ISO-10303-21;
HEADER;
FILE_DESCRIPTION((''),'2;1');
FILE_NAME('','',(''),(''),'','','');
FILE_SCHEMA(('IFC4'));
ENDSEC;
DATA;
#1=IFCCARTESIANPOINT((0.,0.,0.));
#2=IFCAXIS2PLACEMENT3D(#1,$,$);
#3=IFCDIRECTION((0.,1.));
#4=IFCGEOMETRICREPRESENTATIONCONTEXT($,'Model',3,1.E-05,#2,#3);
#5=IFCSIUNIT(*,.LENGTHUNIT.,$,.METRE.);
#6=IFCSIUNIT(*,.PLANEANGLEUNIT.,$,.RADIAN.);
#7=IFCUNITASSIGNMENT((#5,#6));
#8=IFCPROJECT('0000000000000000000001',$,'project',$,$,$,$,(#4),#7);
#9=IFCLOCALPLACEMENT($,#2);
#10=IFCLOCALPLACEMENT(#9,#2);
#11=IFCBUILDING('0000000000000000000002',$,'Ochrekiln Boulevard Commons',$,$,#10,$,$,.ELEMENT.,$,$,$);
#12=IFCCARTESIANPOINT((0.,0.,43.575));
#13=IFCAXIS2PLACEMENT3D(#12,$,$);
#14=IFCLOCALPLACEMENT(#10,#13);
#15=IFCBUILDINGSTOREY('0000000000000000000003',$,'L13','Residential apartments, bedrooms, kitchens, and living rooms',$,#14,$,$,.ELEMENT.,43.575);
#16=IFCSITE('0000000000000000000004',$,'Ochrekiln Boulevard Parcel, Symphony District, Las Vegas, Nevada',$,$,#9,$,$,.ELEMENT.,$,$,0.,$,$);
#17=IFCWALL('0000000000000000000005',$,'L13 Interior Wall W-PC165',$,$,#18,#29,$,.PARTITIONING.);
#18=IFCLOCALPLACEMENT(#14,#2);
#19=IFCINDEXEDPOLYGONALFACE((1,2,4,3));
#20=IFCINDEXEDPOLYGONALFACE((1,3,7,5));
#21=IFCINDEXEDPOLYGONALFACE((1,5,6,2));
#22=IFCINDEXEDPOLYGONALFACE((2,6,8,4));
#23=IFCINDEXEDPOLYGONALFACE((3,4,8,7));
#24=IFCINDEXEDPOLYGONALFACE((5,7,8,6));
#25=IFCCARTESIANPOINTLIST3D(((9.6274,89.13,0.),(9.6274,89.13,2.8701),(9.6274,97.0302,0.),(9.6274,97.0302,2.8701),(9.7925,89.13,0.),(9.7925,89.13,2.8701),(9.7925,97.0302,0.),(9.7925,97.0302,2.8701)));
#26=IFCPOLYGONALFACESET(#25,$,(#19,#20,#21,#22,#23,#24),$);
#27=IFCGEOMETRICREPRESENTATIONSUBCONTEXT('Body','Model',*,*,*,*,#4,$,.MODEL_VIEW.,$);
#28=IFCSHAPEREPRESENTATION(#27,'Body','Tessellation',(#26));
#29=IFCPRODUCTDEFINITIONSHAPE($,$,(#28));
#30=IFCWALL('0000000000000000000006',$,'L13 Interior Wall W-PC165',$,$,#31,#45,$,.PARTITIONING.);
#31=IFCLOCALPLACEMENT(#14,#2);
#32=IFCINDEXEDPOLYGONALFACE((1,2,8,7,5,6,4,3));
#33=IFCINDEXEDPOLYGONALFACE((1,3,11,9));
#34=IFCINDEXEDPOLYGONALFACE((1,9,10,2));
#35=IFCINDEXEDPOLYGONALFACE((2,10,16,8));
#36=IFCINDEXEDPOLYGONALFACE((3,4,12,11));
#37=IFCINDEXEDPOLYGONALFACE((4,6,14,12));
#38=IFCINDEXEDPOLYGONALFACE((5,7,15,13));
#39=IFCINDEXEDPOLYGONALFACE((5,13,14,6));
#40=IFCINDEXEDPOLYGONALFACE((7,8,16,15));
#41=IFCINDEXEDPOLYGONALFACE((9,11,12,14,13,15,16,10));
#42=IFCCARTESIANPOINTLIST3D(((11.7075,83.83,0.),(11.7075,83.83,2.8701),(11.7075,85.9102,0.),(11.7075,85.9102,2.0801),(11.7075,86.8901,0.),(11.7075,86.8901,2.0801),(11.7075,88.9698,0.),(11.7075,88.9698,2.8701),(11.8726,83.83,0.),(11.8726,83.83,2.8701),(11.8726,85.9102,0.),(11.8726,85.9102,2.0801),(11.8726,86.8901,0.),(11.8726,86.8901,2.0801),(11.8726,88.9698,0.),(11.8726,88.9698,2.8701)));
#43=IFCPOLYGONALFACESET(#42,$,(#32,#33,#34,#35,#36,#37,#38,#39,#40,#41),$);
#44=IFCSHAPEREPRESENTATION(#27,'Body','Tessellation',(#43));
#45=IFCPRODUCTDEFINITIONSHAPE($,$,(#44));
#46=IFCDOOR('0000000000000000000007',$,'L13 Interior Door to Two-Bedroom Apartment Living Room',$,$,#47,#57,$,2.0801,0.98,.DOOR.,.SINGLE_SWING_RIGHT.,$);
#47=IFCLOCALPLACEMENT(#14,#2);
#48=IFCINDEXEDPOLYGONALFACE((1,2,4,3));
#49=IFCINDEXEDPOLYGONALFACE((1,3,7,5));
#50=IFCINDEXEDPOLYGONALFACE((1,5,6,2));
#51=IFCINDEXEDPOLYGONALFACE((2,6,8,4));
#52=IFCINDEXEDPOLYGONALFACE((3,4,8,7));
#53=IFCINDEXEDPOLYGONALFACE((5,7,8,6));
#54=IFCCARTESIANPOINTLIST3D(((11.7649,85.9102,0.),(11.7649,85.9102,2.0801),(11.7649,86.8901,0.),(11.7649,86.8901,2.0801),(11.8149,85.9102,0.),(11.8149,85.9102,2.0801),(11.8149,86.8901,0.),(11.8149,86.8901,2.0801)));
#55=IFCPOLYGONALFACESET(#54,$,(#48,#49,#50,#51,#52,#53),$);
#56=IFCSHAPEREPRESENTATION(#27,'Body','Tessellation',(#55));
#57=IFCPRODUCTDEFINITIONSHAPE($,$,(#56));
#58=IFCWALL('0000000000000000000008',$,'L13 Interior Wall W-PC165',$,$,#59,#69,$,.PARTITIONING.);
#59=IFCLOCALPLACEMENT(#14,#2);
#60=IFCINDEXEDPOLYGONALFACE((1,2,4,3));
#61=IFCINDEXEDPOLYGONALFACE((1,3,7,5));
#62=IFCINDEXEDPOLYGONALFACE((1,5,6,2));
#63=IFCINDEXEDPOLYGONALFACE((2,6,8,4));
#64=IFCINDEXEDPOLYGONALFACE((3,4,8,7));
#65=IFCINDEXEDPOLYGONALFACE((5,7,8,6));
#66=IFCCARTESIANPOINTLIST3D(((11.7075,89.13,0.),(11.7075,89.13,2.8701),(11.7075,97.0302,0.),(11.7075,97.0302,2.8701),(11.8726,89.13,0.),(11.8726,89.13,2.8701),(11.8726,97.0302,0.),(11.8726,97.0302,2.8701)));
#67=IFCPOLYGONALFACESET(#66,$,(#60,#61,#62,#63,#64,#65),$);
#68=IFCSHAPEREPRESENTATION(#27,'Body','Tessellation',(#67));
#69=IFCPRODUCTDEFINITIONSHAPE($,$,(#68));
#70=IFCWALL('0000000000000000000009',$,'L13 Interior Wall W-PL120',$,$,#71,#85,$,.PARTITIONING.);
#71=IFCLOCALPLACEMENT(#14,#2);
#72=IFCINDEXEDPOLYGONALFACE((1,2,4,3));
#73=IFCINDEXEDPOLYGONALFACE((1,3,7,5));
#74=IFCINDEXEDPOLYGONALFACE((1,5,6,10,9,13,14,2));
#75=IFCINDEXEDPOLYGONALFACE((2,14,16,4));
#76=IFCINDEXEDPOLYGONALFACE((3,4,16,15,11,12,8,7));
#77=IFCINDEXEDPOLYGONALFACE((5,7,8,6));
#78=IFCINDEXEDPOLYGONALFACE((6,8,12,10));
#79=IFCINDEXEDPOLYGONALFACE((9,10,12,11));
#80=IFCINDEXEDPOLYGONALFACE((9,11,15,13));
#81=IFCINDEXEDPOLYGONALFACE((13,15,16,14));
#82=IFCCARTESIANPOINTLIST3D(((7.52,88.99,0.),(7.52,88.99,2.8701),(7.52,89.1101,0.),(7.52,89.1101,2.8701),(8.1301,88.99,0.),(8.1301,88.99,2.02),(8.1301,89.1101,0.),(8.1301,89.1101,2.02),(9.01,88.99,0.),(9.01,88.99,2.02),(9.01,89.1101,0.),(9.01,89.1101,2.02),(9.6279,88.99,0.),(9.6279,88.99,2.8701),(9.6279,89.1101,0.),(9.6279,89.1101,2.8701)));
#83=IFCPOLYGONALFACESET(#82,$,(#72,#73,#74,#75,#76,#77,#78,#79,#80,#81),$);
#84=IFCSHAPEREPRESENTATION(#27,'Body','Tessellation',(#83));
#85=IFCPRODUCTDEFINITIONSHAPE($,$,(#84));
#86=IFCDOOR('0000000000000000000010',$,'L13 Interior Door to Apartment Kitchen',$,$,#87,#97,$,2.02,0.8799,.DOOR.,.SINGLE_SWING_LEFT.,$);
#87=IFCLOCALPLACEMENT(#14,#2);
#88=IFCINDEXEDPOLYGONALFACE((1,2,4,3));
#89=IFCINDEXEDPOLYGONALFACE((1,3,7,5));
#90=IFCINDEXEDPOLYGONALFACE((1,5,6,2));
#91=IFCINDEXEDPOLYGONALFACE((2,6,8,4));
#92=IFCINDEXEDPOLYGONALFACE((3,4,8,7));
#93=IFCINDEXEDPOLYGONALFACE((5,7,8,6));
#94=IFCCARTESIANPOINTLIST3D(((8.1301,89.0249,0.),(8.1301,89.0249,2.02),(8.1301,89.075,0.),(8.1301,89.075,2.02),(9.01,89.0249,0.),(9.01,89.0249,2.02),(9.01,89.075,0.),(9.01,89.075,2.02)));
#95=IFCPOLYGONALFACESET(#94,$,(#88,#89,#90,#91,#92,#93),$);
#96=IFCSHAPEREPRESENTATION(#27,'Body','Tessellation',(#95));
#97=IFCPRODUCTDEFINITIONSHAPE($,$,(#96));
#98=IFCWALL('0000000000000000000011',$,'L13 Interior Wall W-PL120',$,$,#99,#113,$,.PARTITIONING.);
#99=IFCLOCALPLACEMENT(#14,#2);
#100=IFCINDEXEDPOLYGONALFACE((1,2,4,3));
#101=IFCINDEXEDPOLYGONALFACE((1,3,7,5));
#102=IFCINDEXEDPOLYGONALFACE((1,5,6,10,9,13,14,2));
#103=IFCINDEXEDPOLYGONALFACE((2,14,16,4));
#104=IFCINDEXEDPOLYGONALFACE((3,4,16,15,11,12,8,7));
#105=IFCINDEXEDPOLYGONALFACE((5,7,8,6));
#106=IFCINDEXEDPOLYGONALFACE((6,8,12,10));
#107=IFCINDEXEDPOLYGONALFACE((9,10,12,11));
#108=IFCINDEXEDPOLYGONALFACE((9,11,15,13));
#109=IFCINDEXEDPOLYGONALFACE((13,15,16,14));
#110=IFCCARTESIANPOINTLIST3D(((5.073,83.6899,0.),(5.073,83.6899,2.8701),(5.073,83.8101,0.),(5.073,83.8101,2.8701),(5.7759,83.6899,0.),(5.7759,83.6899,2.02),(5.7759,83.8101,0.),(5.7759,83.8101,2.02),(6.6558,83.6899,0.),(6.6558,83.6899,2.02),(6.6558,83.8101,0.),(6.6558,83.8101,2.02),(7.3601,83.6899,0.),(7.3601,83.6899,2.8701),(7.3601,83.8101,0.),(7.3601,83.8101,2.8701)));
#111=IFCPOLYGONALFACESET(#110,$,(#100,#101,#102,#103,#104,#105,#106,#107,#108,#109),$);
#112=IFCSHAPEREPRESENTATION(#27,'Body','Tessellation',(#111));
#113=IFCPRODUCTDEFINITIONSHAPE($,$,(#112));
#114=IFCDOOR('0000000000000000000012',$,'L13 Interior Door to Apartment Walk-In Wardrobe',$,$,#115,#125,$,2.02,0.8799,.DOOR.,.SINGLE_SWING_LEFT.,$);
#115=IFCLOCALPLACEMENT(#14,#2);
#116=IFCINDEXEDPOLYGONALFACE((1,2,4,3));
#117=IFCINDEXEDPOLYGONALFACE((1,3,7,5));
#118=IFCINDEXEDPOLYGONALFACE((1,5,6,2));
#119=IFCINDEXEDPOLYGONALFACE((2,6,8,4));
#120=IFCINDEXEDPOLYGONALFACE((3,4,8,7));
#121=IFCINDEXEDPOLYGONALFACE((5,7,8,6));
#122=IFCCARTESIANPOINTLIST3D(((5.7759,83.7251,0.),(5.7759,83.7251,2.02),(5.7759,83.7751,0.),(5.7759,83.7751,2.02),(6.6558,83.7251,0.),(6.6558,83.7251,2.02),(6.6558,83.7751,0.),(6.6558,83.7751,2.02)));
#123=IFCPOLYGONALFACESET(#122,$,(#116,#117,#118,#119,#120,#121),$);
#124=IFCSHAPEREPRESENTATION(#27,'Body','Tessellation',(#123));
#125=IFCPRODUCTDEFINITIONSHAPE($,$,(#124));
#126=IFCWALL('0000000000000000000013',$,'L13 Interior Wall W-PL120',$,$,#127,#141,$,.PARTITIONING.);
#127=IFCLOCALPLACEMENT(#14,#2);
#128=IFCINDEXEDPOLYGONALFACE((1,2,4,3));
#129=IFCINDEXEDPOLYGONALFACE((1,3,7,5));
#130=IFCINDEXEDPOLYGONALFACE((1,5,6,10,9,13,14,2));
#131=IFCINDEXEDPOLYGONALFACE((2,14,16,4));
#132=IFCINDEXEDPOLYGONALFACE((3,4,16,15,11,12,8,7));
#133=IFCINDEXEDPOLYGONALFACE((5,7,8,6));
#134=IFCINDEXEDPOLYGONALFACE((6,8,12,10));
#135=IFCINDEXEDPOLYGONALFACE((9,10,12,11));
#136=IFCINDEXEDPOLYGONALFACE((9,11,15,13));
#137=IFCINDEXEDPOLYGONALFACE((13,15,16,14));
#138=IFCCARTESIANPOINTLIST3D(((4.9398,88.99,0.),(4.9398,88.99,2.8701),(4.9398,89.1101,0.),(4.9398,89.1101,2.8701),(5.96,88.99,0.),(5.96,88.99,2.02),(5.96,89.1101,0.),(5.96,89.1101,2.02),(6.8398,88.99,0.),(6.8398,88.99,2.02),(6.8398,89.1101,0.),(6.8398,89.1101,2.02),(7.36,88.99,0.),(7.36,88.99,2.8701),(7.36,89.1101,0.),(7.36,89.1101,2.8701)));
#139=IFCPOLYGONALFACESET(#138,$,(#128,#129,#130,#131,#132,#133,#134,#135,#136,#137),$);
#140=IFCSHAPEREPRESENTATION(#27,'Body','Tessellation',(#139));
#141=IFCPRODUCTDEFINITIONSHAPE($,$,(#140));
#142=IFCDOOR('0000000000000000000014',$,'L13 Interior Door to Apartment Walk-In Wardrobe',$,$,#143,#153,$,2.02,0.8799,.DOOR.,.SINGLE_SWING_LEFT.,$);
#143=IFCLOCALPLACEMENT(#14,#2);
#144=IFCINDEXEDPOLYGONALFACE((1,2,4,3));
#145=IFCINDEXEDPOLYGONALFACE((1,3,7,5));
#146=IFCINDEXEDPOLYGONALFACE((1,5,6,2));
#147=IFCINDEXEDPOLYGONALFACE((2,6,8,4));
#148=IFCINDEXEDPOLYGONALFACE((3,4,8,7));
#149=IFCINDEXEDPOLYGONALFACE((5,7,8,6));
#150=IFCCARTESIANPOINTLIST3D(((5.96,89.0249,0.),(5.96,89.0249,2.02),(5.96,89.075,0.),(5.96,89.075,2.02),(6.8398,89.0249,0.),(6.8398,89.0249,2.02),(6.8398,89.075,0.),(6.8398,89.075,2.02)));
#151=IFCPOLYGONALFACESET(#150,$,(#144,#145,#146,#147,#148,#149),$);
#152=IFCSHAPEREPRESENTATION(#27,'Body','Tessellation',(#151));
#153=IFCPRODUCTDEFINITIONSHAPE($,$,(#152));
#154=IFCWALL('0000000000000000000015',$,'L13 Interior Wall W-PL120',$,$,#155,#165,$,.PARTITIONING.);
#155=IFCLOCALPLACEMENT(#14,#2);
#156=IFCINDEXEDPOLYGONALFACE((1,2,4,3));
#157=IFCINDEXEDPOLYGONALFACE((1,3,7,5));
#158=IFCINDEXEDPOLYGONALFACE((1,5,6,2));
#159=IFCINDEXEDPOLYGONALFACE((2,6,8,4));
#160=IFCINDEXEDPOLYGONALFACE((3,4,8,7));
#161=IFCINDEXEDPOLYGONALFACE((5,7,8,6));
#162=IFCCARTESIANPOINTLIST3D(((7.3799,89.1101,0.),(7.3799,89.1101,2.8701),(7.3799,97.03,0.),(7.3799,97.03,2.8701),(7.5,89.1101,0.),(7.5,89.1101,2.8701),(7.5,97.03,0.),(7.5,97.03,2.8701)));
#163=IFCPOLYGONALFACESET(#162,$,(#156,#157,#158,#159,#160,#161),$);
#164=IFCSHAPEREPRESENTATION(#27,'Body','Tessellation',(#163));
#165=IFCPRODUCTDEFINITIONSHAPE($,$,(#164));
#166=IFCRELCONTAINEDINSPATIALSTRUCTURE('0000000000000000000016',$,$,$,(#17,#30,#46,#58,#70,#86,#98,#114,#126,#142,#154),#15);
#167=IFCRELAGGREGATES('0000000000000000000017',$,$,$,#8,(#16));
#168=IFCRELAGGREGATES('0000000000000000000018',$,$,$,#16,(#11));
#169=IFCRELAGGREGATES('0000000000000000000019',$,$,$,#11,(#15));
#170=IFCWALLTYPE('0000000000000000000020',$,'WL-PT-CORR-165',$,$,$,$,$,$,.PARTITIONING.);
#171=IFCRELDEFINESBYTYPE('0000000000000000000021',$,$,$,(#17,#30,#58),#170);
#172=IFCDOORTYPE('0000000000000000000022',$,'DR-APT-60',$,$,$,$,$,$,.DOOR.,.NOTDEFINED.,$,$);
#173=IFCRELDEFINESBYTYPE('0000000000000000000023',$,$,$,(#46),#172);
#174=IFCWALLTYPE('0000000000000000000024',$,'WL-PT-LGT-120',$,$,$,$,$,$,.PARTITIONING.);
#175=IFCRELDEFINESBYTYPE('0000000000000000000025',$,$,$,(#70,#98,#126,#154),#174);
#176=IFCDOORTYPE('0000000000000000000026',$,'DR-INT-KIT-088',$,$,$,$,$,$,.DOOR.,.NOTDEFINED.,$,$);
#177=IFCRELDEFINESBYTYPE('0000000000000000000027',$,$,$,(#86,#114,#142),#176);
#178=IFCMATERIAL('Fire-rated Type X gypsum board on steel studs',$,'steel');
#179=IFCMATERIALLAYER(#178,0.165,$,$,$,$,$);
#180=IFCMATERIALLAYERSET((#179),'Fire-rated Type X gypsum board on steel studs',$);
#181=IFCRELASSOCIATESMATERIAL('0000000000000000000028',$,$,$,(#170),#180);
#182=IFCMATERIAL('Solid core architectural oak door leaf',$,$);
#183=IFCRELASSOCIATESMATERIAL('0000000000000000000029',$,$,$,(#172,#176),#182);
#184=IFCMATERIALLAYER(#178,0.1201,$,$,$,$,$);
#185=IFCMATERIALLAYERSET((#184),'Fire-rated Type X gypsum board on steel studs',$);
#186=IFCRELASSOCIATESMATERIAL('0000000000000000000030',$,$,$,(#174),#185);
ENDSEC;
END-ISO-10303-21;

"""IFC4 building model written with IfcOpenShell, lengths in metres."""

from ifc_helpers import new_model, si_unit, direction, frame, frame_2d, origin, place, context, subcontext, project, spatial, rectangle, extrude, material, layer, layer_set, type_object, element, fill, save


model = new_model("IFC4")

# Units and contexts
model_context = context("Model", 3, precision=1e-05, world=origin(), true_north=direction((0.0, 1.0)))
body_context = subcontext(model_context, "Body", "Model", "MODEL_VIEW")
ifc_project = project(units=[si_unit("LENGTHUNIT", "METRE"), si_unit("PLANEANGLEUNIT", "RADIAN")], contexts=[model_context])

# Site, building, storey
site_placement = place(None, origin())
site = spatial("IfcSite", under=ifc_project, at=site_placement, Name="Ochrekiln Boulevard Parcel, Symphony District, Las Vegas, Nevada", CompositionType="ELEMENT", RefElevation=0.0)
building_placement = place(site_placement, origin())
building = spatial("IfcBuilding", under=site, at=building_placement, Name="Ochrekiln Boulevard Commons", CompositionType="ELEMENT")
storey_placement = place(building_placement, frame((0.0, 0.0, 43.575)))
storey = spatial("IfcBuildingStorey", under=building, at=storey_placement, Name="L13", Description="Residential apartments, bedrooms, kitchens, and living rooms", CompositionType="ELEMENT", Elevation=43.575)

# Shared definitions
ifc_material_1 = material(Name="Solid core architectural oak door leaf")
ifc_material_2 = material(Name="Fire-rated Type X gypsum board on steel studs", Category="steel")
ifc_layer_1 = layer(ifc_material_2, 0.165)
ifc_layer_set_1 = layer_set([ifc_layer_1], Name="Fire-rated Type X gypsum board on steel studs")
wall_type_1 = type_object("IfcWallType", Name="WL-PT-CORR-165", PredefinedType="PARTITIONING", material=ifc_layer_set_1)
door_type_1 = type_object("IfcDoorType", Name="DR-APT-60", OperationType="NOTDEFINED", PredefinedType="DOOR", material=ifc_material_1)

# Wall
wall_1_placement = place(storey_placement, frame((9.71, 89.1299, 0.0), z_axis=(0.0, 0.0, 1.0), x_axis=(0.0, 1.0, 0.0)))
element("IfcWall", 1, at=wall_1_placement, inside=storey, type_object=wall_type_1, Name="L13 Interior Wall W-PC165", PredefinedType="PARTITIONING", context=body_context, shape_type="SweptSolid", body=[
    extrude(rectangle(XDim=7.9001, YDim=0.165, at=frame_2d((3.9502, 0.0))), origin(), (0.0, 0.0, 1.0), 2.8701),
])

# Wall, opening, door
wall_2_placement = place(storey_placement, frame((11.79, 83.8301, 0.0), z_axis=(0.0, 0.0, 1.0), x_axis=(0.0, 1.0, 0.0)))
wall_2 = element("IfcWall", 2, at=wall_2_placement, inside=storey, type_object=wall_type_1, Name="L13 Interior Wall W-PC165", PredefinedType="PARTITIONING", context=body_context, shape_type="SweptSolid", body=[
    extrude(rectangle(XDim=5.1399, YDim=0.165, at=frame_2d((2.5698, 0.0))), origin(), (0.0, 0.0, 1.0), 2.8701),
])
opening_1_placement = place(wall_2_placement, frame((2.0801, 0.0, 0.0)))
opening_1 = element("IfcOpeningElement", 3, at=opening_1_placement, cuts=wall_2, PredefinedType="OPENING", context=body_context, shape_type="SweptSolid", body=[
    extrude(rectangle(XDim=0.98, YDim=2.0801, at=frame_2d((0.49, 1.04))), frame((0.0, 0.0925, 0.0), z_axis=(0.0, -1.0, 0.0), x_axis=(1.0, 0.0, 0.0)), (0.0, 0.0, 1.0), 0.1851),
])
door_1_placement = place(opening_1_placement, frame((0.98, 0.0, 0.0), z_axis=(0.0, 0.0, 1.0), x_axis=(-1.0, 0.0, 0.0)))
door_1 = element("IfcDoor", 4, at=door_1_placement, inside=storey, type_object=door_type_1, Name="L13 Interior Door to Two-Bedroom Apartment Living Room", OperationType="SINGLE_SWING_RIGHT", OverallHeight=2.0801, OverallWidth=0.98, PredefinedType="DOOR", context=body_context, shape_type="SweptSolid", body=[
    extrude(rectangle(XDim=0.98, YDim=2.0801, at=frame_2d((0.49, 1.04))), frame((0.0, 0.0249, 0.0), z_axis=(0.0, -1.0, 0.0), x_axis=(1.0, 0.0, 0.0)), (0.0, 0.0, 1.0), 0.05),
])
fill(opening_1, door_1)

# Wall
wall_3_placement = place(storey_placement, frame((11.79, 89.1299, 0.0), z_axis=(0.0, 0.0, 1.0), x_axis=(0.0, 1.0, 0.0)))
element("IfcWall", 5, at=wall_3_placement, inside=storey, type_object=wall_type_1, Name="L13 Interior Wall W-PC165", PredefinedType="PARTITIONING", context=body_context, shape_type="SweptSolid", body=[
    extrude(rectangle(XDim=7.9001, YDim=0.165, at=frame_2d((3.9502, 0.0))), origin(), (0.0, 0.0, 1.0), 2.8701),
])

# Walls, openings, doors
ifc_layer_2 = layer(ifc_material_2, 0.1201)
ifc_layer_set_2 = layer_set([ifc_layer_2], Name="Fire-rated Type X gypsum board on steel studs")
wall_type_2 = type_object("IfcWallType", Name="WL-PT-LGT-120", PredefinedType="PARTITIONING", material=ifc_layer_set_2)
wall_4_placement = place(storey_placement, frame((7.52, 89.05, 0.0), z_axis=(0.0, 0.0, 1.0), x_axis=(1.0, 0.0, 0.0)))
wall_4 = element("IfcWall", 6, at=wall_4_placement, inside=storey, type_object=wall_type_2, Name="L13 Interior Wall W-PL120", PredefinedType="PARTITIONING", context=body_context, shape_type="SweptSolid", body=[
    extrude(rectangle(XDim=2.1079, YDim=0.1201, at=frame_2d((1.054, 0.0))), origin(), (0.0, 0.0, 1.0), 2.8701),
])
opening_2_placement = place(wall_4_placement, frame((0.6101, 0.0, 0.0)))
opening_2 = element("IfcOpeningElement", 7, at=opening_2_placement, cuts=wall_4, PredefinedType="OPENING", context=body_context, shape_type="SweptSolid", body=[
    extrude(rectangle(XDim=0.8799, YDim=2.02, at=frame_2d((0.4399, 1.01))), frame((0.0, 0.0701, 0.0), z_axis=(0.0, -1.0, 0.0), x_axis=(1.0, 0.0, 0.0)), (0.0, 0.0, 1.0), 0.1401),
])
door_type_2 = type_object("IfcDoorType", Name="DR-INT-KIT-088", OperationType="NOTDEFINED", PredefinedType="DOOR", material=ifc_material_1)
door_2_placement = place(opening_2_placement, origin())
door_2 = element("IfcDoor", 8, at=door_2_placement, inside=storey, type_object=door_type_2, Name="L13 Interior Door to Apartment Kitchen", OperationType="SINGLE_SWING_LEFT", OverallHeight=2.02, OverallWidth=0.8799, PredefinedType="DOOR", context=body_context, shape_type="SweptSolid", body=[
    extrude(rectangle(XDim=0.8799, YDim=2.02, at=frame_2d((0.4399, 1.01))), frame((0.0, 0.0249, 0.0), z_axis=(0.0, -1.0, 0.0), x_axis=(1.0, 0.0, 0.0)), (0.0, 0.0, 1.0), 0.05),
])
fill(opening_2, door_2)
wall_5_placement = place(storey_placement, frame((5.073, 83.75, 0.0), z_axis=(0.0, 0.0, 1.0), x_axis=(1.0, 0.0, 0.0)))
wall_5 = element("IfcWall", 9, at=wall_5_placement, inside=storey, type_object=wall_type_2, Name="L13 Interior Wall W-PL120", PredefinedType="PARTITIONING", context=body_context, shape_type="SweptSolid", body=[
    extrude(rectangle(XDim=2.2871, YDim=0.1201, at=frame_2d((1.1436, 0.0))), origin(), (0.0, 0.0, 1.0), 2.8701),
])
opening_3_placement = place(wall_5_placement, frame((0.7029, 0.0, 0.0)))
opening_3 = element("IfcOpeningElement", 10, at=opening_3_placement, cuts=wall_5, PredefinedType="OPENING", context=body_context, shape_type="SweptSolid", body=[
    extrude(rectangle(XDim=0.8799, YDim=2.02, at=frame_2d((0.4399, 1.01))), frame((0.0, 0.0701, 0.0), z_axis=(0.0, -1.0, 0.0), x_axis=(1.0, 0.0, 0.0)), (0.0, 0.0, 1.0), 0.1401),
])
door_3_placement = place(opening_3_placement, frame((0.8799, 0.0, 0.0), z_axis=(0.0, 0.0, 1.0), x_axis=(-1.0, 0.0, 0.0)))
door_3 = element("IfcDoor", 11, at=door_3_placement, inside=storey, type_object=door_type_2, Name="L13 Interior Door to Apartment Walk-In Wardrobe", OperationType="SINGLE_SWING_LEFT", OverallHeight=2.02, OverallWidth=0.8799, PredefinedType="DOOR", context=body_context, shape_type="SweptSolid", body=[
    extrude(rectangle(XDim=0.8799, YDim=2.02, at=frame_2d((0.4399, 1.01))), frame((0.0, 0.0249, 0.0), z_axis=(0.0, -1.0, 0.0), x_axis=(1.0, 0.0, 0.0)), (0.0, 0.0, 1.0), 0.05),
])
fill(opening_3, door_3)
wall_6_placement = place(storey_placement, frame((4.9399, 89.05, 0.0), z_axis=(0.0, 0.0, 1.0), x_axis=(1.0, 0.0, 0.0)))
wall_6 = element("IfcWall", 12, at=wall_6_placement, inside=storey, type_object=wall_type_2, Name="L13 Interior Wall W-PL120", PredefinedType="PARTITIONING", context=body_context, shape_type="SweptSolid", body=[
    extrude(rectangle(XDim=2.4202, YDim=0.1201, at=frame_2d((1.21, 0.0))), origin(), (0.0, 0.0, 1.0), 2.8701),
])
opening_4_placement = place(wall_6_placement, frame((1.02, 0.0, 0.0)))
opening_4 = element("IfcOpeningElement", 13, at=opening_4_placement, cuts=wall_6, PredefinedType="OPENING", context=body_context, shape_type="SweptSolid", body=[
    extrude(rectangle(XDim=0.8799, YDim=2.02, at=frame_2d((0.4399, 1.01))), frame((0.0, 0.0701, 0.0), z_axis=(0.0, -1.0, 0.0), x_axis=(1.0, 0.0, 0.0)), (0.0, 0.0, 1.0), 0.1401),
])
door_4_placement = place(opening_4_placement, origin())
door_4 = element("IfcDoor", 14, at=door_4_placement, inside=storey, type_object=door_type_2, Name="L13 Interior Door to Apartment Walk-In Wardrobe", OperationType="SINGLE_SWING_LEFT", OverallHeight=2.02, OverallWidth=0.8799, PredefinedType="DOOR", context=body_context, shape_type="SweptSolid", body=[
    extrude(rectangle(XDim=0.8799, YDim=2.02, at=frame_2d((0.4399, 1.01))), frame((0.0, 0.0249, 0.0), z_axis=(0.0, -1.0, 0.0), x_axis=(1.0, 0.0, 0.0)), (0.0, 0.0, 1.0), 0.05),
])
fill(opening_4, door_4)

# Wall
wall_7_placement = place(storey_placement, frame((7.4399, 89.1101, 0.0), z_axis=(0.0, 0.0, 1.0), x_axis=(0.0, 1.0, 0.0)))
element("IfcWall", 15, at=wall_7_placement, inside=storey, type_object=wall_type_2, Name="L13 Interior Wall W-PL120", PredefinedType="PARTITIONING", context=body_context, shape_type="SweptSolid", body=[
    extrude(rectangle(XDim=7.9199, YDim=0.1201, at=frame_2d((3.96, 0.0))), origin(), (0.0, 0.0, 1.0), 2.8701),
])

save(model, "model.ifc")
